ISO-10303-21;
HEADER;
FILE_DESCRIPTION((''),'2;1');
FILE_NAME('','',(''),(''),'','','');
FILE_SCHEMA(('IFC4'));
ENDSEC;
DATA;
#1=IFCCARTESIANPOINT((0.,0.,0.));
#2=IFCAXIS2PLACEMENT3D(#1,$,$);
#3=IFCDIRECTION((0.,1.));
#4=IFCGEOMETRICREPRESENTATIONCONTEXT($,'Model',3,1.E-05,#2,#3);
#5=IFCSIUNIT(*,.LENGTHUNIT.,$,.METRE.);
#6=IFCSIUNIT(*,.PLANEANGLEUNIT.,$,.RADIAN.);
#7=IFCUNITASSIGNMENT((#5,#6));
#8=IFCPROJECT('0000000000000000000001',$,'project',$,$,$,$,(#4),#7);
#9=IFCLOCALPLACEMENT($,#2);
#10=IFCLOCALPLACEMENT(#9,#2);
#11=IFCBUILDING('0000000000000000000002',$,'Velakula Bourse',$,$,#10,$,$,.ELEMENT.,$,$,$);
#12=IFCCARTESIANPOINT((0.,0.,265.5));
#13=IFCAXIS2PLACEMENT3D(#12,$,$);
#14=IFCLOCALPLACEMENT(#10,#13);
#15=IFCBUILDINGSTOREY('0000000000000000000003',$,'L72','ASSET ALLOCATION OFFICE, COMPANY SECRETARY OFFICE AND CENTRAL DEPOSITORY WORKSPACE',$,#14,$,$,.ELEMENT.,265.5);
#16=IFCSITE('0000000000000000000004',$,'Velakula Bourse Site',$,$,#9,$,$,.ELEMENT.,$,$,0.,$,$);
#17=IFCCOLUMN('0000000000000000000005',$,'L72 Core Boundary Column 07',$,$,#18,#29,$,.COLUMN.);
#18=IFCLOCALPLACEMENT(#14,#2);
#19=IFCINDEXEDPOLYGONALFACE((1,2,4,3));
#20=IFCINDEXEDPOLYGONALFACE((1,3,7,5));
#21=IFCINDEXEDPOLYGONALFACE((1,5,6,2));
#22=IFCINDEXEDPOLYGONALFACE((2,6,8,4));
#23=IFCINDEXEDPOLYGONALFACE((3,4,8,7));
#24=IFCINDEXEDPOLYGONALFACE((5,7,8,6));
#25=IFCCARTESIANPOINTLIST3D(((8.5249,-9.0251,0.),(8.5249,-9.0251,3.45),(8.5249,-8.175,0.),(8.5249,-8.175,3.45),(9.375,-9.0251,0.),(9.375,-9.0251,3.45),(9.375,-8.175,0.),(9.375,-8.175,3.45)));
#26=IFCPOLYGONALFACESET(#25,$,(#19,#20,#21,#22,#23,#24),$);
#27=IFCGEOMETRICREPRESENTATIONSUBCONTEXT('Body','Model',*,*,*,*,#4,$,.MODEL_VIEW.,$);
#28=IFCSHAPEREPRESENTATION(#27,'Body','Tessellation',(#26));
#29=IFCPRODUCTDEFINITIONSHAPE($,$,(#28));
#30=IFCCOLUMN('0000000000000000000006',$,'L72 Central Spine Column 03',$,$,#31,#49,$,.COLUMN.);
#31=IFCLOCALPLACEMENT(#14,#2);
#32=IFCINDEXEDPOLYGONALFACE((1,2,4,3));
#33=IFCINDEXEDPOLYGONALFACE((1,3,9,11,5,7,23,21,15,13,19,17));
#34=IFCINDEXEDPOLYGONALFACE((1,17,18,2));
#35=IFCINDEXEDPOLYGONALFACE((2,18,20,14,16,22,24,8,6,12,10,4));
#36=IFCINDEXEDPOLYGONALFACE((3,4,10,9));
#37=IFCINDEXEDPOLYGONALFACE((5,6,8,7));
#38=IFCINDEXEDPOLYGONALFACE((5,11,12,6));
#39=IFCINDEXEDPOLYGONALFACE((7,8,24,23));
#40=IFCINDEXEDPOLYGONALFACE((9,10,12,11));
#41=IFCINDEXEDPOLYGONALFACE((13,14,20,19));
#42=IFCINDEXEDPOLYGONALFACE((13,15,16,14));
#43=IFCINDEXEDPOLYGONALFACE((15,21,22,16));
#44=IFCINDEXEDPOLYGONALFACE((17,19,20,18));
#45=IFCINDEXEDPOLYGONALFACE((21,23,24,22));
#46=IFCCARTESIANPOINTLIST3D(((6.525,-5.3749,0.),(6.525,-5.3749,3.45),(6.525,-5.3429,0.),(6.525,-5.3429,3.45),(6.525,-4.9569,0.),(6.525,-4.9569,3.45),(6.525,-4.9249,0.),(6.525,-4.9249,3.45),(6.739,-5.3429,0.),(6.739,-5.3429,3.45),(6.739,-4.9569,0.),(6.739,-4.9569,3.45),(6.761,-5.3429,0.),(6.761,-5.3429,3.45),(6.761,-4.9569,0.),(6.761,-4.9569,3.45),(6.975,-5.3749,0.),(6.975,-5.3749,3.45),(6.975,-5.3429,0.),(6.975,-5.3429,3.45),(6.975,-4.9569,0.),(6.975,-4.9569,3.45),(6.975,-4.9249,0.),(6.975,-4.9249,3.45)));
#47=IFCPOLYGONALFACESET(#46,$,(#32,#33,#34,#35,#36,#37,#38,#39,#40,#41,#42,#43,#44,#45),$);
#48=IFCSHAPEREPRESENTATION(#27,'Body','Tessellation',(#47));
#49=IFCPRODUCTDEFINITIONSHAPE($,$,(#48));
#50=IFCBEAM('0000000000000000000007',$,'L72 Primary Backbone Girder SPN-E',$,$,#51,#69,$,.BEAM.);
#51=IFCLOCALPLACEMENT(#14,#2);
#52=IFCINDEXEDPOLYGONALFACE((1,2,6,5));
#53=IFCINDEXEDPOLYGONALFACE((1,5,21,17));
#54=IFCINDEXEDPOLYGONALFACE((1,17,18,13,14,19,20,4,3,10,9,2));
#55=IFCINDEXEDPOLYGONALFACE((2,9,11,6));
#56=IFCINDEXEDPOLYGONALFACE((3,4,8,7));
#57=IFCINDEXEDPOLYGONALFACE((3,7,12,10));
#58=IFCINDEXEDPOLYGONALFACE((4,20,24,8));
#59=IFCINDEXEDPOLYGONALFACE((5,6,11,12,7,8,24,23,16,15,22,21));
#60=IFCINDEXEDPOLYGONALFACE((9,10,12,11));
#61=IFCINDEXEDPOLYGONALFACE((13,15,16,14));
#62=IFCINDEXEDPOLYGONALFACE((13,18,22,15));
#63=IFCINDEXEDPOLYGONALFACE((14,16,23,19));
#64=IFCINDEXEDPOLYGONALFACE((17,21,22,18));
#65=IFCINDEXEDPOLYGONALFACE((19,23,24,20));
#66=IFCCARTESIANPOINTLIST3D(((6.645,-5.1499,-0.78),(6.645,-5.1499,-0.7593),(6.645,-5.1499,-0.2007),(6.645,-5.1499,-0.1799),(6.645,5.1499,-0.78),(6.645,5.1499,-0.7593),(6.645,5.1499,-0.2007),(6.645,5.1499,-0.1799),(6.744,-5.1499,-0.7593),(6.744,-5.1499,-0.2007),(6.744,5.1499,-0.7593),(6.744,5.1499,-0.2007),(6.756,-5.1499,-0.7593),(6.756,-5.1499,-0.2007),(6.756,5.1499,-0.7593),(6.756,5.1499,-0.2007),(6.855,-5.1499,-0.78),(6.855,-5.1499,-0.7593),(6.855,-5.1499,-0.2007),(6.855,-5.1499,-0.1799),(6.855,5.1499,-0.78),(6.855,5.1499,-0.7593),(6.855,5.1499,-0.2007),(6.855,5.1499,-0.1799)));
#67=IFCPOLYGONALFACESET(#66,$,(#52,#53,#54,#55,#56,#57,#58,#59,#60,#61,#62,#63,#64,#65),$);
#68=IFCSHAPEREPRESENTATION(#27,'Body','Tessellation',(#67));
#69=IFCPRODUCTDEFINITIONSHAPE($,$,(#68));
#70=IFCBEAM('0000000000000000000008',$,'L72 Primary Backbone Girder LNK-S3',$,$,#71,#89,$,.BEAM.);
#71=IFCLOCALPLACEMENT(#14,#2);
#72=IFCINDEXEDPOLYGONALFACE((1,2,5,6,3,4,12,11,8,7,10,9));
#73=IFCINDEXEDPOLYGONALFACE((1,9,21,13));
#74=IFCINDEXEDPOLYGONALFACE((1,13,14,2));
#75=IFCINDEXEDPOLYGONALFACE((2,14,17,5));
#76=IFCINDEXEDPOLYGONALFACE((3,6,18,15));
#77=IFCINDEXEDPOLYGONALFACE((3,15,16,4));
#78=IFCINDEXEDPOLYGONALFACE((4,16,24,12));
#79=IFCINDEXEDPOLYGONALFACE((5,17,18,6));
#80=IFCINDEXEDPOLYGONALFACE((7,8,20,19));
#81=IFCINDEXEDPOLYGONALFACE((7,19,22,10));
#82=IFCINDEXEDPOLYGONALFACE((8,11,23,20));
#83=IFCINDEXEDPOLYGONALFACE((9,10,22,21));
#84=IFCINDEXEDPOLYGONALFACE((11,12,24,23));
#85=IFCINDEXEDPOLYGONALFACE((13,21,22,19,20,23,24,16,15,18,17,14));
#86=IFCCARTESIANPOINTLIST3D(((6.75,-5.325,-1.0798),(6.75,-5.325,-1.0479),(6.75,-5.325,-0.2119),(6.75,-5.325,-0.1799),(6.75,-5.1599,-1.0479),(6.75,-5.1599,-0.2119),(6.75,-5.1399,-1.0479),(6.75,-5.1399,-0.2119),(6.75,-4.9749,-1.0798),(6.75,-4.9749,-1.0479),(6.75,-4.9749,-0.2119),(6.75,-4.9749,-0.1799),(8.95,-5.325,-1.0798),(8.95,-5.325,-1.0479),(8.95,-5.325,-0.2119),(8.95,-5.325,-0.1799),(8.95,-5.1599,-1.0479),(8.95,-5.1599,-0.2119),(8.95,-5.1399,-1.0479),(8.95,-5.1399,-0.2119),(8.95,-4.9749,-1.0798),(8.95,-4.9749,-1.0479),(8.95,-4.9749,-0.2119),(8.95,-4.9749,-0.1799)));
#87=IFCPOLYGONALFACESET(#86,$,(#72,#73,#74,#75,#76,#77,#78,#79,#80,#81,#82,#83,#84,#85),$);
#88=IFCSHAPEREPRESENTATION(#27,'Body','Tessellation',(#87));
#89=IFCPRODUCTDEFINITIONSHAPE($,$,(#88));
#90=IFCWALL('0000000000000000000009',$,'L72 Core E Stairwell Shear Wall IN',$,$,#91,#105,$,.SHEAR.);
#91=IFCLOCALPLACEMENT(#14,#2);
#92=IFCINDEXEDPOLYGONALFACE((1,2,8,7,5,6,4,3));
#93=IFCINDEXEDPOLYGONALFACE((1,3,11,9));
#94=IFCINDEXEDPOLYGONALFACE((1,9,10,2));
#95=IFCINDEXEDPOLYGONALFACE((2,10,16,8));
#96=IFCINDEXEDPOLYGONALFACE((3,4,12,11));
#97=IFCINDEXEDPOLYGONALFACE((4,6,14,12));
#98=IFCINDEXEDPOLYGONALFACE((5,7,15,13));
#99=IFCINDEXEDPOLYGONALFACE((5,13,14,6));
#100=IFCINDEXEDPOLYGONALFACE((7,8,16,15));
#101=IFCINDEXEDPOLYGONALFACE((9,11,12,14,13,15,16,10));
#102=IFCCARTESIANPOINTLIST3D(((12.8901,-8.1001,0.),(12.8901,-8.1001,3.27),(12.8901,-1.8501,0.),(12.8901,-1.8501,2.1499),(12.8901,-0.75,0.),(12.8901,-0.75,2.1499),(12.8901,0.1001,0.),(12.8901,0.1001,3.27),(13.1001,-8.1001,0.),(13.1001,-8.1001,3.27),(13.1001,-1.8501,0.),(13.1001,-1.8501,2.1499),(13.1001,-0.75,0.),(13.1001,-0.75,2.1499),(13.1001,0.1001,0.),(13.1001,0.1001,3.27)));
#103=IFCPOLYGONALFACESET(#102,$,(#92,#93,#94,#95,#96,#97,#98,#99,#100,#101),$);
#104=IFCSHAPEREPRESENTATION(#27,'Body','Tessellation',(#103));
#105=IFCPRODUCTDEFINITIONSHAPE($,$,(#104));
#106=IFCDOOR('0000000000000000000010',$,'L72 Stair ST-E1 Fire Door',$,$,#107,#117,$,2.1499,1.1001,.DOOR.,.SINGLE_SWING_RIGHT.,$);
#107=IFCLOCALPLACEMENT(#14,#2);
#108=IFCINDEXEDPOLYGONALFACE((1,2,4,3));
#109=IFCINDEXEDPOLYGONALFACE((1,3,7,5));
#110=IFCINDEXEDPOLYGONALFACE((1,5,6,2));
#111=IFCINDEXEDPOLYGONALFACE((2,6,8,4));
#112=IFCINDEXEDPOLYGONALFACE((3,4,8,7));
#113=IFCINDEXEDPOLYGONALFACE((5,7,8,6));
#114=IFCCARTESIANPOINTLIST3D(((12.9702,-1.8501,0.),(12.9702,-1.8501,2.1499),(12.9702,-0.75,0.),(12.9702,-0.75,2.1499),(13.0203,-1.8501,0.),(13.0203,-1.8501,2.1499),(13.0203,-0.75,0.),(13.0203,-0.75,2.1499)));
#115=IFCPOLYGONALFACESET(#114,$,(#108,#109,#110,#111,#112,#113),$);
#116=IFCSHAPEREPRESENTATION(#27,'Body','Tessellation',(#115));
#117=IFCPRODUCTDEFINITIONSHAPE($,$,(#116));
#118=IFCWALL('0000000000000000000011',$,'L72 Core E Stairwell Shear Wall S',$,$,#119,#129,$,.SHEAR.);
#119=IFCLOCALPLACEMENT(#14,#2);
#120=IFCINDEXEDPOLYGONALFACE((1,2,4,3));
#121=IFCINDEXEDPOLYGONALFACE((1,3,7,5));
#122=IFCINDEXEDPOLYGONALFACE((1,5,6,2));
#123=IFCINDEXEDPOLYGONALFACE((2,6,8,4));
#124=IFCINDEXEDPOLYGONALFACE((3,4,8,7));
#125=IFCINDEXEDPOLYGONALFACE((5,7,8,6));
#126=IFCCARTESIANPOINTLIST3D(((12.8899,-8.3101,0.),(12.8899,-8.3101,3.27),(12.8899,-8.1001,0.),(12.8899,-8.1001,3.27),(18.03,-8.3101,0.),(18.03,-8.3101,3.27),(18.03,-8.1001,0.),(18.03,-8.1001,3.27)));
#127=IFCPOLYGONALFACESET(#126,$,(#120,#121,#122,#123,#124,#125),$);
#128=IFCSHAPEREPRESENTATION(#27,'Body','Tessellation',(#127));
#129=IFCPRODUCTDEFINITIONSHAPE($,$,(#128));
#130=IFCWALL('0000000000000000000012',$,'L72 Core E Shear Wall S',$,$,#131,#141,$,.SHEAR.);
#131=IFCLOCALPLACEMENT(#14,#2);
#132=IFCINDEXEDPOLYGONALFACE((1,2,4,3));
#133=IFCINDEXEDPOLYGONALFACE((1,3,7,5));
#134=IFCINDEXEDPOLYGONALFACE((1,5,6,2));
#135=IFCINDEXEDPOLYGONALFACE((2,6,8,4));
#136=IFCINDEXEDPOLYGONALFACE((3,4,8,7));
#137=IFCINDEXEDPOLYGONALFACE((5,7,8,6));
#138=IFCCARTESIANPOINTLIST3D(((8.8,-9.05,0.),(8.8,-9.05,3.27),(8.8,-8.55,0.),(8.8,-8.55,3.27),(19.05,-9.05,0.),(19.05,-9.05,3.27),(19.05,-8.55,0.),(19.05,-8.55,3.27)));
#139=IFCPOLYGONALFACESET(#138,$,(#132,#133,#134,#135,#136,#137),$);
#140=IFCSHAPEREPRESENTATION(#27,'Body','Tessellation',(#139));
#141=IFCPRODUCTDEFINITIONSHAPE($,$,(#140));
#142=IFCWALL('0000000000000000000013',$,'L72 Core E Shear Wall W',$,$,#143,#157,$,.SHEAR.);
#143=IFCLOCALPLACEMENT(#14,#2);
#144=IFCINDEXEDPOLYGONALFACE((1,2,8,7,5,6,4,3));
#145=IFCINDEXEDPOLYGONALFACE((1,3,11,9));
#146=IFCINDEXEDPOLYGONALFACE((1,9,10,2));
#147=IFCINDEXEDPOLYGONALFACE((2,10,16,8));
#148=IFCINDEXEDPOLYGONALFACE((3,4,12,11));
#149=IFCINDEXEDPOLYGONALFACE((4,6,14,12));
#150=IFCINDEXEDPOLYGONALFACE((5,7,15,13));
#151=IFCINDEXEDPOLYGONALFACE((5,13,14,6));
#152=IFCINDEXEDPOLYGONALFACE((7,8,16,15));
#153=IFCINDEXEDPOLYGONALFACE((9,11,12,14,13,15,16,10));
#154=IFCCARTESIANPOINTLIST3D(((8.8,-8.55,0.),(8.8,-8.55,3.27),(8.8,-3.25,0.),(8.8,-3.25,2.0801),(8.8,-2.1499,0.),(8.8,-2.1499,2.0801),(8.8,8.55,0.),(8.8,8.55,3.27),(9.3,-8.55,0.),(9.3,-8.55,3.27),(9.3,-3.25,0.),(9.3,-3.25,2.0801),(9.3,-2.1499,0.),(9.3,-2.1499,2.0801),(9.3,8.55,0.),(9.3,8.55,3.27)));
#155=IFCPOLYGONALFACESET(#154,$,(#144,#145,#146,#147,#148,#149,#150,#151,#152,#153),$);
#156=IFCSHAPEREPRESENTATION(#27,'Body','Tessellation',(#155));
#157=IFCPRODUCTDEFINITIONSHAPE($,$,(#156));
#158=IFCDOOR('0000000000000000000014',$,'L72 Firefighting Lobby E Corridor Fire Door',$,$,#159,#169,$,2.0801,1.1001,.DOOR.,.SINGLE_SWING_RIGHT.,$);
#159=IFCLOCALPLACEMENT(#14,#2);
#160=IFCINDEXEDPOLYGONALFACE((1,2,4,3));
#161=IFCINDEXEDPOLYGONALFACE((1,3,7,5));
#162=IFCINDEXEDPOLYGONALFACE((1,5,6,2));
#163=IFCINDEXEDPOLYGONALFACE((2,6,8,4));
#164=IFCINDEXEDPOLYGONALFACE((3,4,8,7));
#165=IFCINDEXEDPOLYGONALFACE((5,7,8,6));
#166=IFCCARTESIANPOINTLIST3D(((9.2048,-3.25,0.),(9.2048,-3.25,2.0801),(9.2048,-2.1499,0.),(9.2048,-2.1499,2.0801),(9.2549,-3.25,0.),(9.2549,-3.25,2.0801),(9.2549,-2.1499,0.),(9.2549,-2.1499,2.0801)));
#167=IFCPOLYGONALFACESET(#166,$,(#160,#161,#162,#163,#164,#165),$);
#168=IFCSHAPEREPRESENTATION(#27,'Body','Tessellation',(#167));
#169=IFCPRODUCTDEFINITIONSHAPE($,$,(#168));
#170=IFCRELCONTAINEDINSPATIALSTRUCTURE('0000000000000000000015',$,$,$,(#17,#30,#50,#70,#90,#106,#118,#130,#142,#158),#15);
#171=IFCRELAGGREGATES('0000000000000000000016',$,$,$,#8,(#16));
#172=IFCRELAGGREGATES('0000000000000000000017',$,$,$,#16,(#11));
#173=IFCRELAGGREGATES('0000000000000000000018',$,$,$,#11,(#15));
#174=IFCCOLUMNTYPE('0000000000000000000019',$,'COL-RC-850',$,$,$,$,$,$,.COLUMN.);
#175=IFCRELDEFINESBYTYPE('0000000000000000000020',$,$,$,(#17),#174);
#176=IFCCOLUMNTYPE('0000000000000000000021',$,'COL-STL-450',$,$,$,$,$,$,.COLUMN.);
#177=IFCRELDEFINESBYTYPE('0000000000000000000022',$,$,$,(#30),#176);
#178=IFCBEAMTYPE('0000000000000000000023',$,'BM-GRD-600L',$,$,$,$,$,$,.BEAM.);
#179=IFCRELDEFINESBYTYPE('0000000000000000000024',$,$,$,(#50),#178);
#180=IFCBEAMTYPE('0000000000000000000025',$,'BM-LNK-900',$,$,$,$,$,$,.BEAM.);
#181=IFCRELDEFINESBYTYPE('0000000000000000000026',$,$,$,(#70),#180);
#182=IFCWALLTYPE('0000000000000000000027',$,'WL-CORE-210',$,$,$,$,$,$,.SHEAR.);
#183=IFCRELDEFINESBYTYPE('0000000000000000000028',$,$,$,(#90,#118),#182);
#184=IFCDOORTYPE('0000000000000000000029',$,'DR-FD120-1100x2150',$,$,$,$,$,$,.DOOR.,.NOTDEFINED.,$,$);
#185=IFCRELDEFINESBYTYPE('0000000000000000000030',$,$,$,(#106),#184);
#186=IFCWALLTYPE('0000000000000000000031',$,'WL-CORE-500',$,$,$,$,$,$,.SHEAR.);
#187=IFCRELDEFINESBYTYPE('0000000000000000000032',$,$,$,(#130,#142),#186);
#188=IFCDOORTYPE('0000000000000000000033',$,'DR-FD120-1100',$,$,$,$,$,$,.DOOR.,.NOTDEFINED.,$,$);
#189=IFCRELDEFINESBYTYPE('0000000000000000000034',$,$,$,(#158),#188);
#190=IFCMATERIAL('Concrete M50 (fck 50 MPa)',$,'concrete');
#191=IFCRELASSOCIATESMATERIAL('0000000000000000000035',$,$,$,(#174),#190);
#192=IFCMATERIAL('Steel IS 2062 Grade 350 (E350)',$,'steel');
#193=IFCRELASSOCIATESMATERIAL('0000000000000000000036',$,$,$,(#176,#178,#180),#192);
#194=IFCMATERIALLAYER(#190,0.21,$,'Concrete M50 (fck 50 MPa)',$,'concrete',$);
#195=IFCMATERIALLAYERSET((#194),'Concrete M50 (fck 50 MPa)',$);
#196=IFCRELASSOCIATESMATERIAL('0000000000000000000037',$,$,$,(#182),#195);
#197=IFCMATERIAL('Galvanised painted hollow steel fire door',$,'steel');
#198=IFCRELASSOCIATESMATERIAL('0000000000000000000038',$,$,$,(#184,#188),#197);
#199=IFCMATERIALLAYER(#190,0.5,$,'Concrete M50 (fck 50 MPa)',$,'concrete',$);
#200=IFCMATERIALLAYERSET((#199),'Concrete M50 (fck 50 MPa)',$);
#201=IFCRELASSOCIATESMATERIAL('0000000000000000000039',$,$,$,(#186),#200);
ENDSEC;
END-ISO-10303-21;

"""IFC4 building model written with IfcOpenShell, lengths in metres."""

from ifc_helpers import new_model, si_unit, direction, frame, frame_2d, origin, origin_2d, place, context, subcontext, project, spatial, rectangle, i_section, extrude, material, layer, layer_set, material_profile, profile_set, type_object, element, fill, save


model = new_model("IFC4")

# Units and contexts
model_context = context("Model", 3, precision=1e-05, world=origin(), true_north=direction((0.0, 1.0)))
body_context = subcontext(model_context, "Body", "Model", "MODEL_VIEW")
ifc_project = project(units=[si_unit("LENGTHUNIT", "METRE"), si_unit("PLANEANGLEUNIT", "RADIAN")], contexts=[model_context])

# Site, building, storey
site_placement = place(None, origin())
site = spatial("IfcSite", under=ifc_project, at=site_placement, Name="Velakula Bourse Site", CompositionType="ELEMENT", RefElevation=0.0)
building_placement = place(site_placement, origin())
building = spatial("IfcBuilding", under=site, at=building_placement, Name="Velakula Bourse", CompositionType="ELEMENT")
storey_placement = place(building_placement, frame((0.0, 0.0, 265.5)))
storey = spatial("IfcBuildingStorey", under=building, at=storey_placement, Name="L72", Description="ASSET ALLOCATION OFFICE, COMPANY SECRETARY OFFICE AND CENTRAL DEPOSITORY WORKSPACE", CompositionType="ELEMENT", Elevation=265.5)

# Columns
ifc_material_1 = material(Name="Concrete M50 (fck 50 MPa)", Category="concrete")
ifc_material_profile_1 = material_profile(ifc_material_1, rectangle(XDim=0.8501, YDim=0.8501, at=origin_2d()), Name="Concrete M50 (fck 50 MPa)")
ifc_profile_set_1 = profile_set([ifc_material_profile_1], Name="Concrete M50 (fck 50 MPa)")
column_type_1 = type_object("IfcColumnType", Name="COL-RC-850", PredefinedType="COLUMN", material=ifc_profile_set_1)
column_1_placement = place(storey_placement, frame((8.95, -8.6001, 0.0), z_axis=(0.0, 0.0, 1.0), x_axis=(1.0, 0.0, 0.0)))
element("IfcColumn", 1, at=column_1_placement, inside=storey, type_object=column_type_1, Name="L72 Core Boundary Column 07", PredefinedType="COLUMN", context=body_context, shape_type="SweptSolid", body=[
    extrude(rectangle(XDim=0.8501, YDim=0.8501, at=origin_2d()), origin(), (0.0, 0.0, 1.0), 3.45),
])
ifc_material_2 = material(Name="Steel IS 2062 Grade 350 (E350)", Category="steel")
ifc_material_profile_2 = material_profile(ifc_material_2, i_section(OverallWidth=0.45, OverallDepth=0.45, WebThickness=0.022, FlangeThickness=0.032, at=origin_2d()), Name="Steel IS 2062 Grade 350 (E350)")
ifc_profile_set_2 = profile_set([ifc_material_profile_2], Name="Steel IS 2062 Grade 350 (E350)")
column_type_2 = type_object("IfcColumnType", Name="COL-STL-450", PredefinedType="COLUMN", material=ifc_profile_set_2)
column_2_placement = place(storey_placement, frame((6.75, -5.1499, 0.0), z_axis=(0.0, 0.0, 1.0), x_axis=(1.0, 0.0, 0.0)))
element("IfcColumn", 2, at=column_2_placement, inside=storey, type_object=column_type_2, Name="L72 Central Spine Column 03", PredefinedType="COLUMN", context=body_context, shape_type="SweptSolid", body=[
    extrude(i_section(OverallWidth=0.45, OverallDepth=0.45, WebThickness=0.022, FlangeThickness=0.032, at=origin_2d()), origin(), (0.0, 0.0, 1.0), 3.45),
])

# Beams
ifc_material_profile_3 = material_profile(ifc_material_2, i_section(OverallWidth=0.21, OverallDepth=0.6001, WebThickness=0.012, FlangeThickness=0.0208, at=origin_2d()), Name="Steel IS 2062 Grade 350 (E350)")
ifc_profile_set_3 = profile_set([ifc_material_profile_3], Name="Steel IS 2062 Grade 350 (E350)")
beam_type_1 = type_object("IfcBeamType", Name="BM-GRD-600L", PredefinedType="BEAM", material=ifc_profile_set_3)
beam_1_placement = place(storey_placement, frame((6.75, -5.1499, -0.48), z_axis=(0.0, 1.0, 0.0), x_axis=(-1.0, 0.0, 0.0)))
element("IfcBeam", 3, at=beam_1_placement, inside=storey, type_object=beam_type_1, Name="L72 Primary Backbone Girder SPN-E", PredefinedType="BEAM", context=body_context, shape_type="SweptSolid", body=[
    extrude(i_section(OverallWidth=0.21, OverallDepth=0.6001, WebThickness=0.012, FlangeThickness=0.0208, at=origin_2d()), origin(), (0.0, 0.0, 1.0), 10.2998),
])
ifc_material_profile_4 = material_profile(ifc_material_2, i_section(OverallWidth=0.3501, OverallDepth=0.8999, WebThickness=0.02, FlangeThickness=0.032, at=origin_2d()), Name="Steel IS 2062 Grade 350 (E350)")
ifc_profile_set_4 = profile_set([ifc_material_profile_4], Name="Steel IS 2062 Grade 350 (E350)")
beam_type_2 = type_object("IfcBeamType", Name="BM-LNK-900", PredefinedType="BEAM", material=ifc_profile_set_4)
beam_2_placement = place(storey_placement, frame((6.75, -5.1499, -0.6299), z_axis=(1.0, 0.0, 0.0), x_axis=(0.0, 1.0, 0.0)))
element("IfcBeam", 4, at=beam_2_placement, inside=storey, type_object=beam_type_2, Name="L72 Primary Backbone Girder LNK-S3", PredefinedType="BEAM", context=body_context, shape_type="SweptSolid", body=[
    extrude(i_section(OverallWidth=0.3501, OverallDepth=0.8999, WebThickness=0.02, FlangeThickness=0.032, at=origin_2d()), origin(), (0.0, 0.0, 1.0), 2.2),
])

# Wall, opening, door
ifc_layer_1 = layer(ifc_material_1, 0.21, Name="Concrete M50 (fck 50 MPa)", Category="concrete")
ifc_layer_set_1 = layer_set([ifc_layer_1], Name="Concrete M50 (fck 50 MPa)")
wall_type_1 = type_object("IfcWallType", Name="WL-CORE-210", PredefinedType="SHEAR", material=ifc_layer_set_1)
wall_1_placement = place(storey_placement, frame((12.9951, -8.1001, 0.0), z_axis=(0.0, 0.0, 1.0), x_axis=(0.0, 1.0, 0.0)))
wall_1 = element("IfcWall", 5, at=wall_1_placement, inside=storey, type_object=wall_type_1, Name="L72 Core E Stairwell Shear Wall IN", PredefinedType="SHEAR", context=body_context, shape_type="SweptSolid", body=[
    extrude(rectangle(XDim=8.2002, YDim=0.21, at=frame_2d((4.1001, 0.0))), origin(), (0.0, 0.0, 1.0), 3.27),
])
opening_1_placement = place(wall_1_placement, frame((6.25, 0.0, 0.0)))
opening_1 = element("IfcOpeningElement", 6, at=opening_1_placement, cuts=wall_1, PredefinedType="OPENING", context=body_context, shape_type="SweptSolid", body=[
    extrude(rectangle(XDim=1.1001, YDim=2.1499, at=frame_2d((0.55, 1.075))), frame((0.0, 0.115, 0.0), z_axis=(0.0, -1.0, 0.0), x_axis=(1.0, 0.0, 0.0)), (0.0, 0.0, 1.0), 0.23),
])
ifc_material_3 = material(Name="Galvanised painted hollow steel fire door", Category="steel")
door_type_1 = type_object("IfcDoorType", Name="DR-FD120-1100x2150", OperationType="NOTDEFINED", PredefinedType="DOOR", material=ifc_material_3)
door_1_placement = place(opening_1_placement, origin())
door_1 = element("IfcDoor", 7, at=door_1_placement, inside=storey, type_object=door_type_1, Name="L72 Stair ST-E1 Fire Door", OperationType="SINGLE_SWING_RIGHT", OverallHeight=2.1499, OverallWidth=1.1001, PredefinedType="DOOR", context=body_context, shape_type="SweptSolid", body=[
    extrude(rectangle(XDim=1.1001, YDim=2.1499, at=frame_2d((0.55, 1.075))), frame((0.0, 0.0249, 0.0), z_axis=(0.0, -1.0, 0.0), x_axis=(1.0, 0.0, 0.0)), (0.0, 0.0, 1.0), 0.05),
])
fill(opening_1, door_1)

# Walls
wall_2_placement = place(storey_placement, frame((12.8899, -8.2051, 0.0), z_axis=(0.0, 0.0, 1.0), x_axis=(1.0, 0.0, 0.0)))
element("IfcWall", 8, at=wall_2_placement, inside=storey, type_object=wall_type_1, Name="L72 Core E Stairwell Shear Wall S", PredefinedType="SHEAR", context=body_context, shape_type="SweptSolid", body=[
    extrude(rectangle(XDim=5.1401, YDim=0.21, at=frame_2d((2.5701, 0.0))), origin(), (0.0, 0.0, 1.0), 3.27),
])
ifc_layer_2 = layer(ifc_material_1, 0.5, Name="Concrete M50 (fck 50 MPa)", Category="concrete")
ifc_layer_set_2 = layer_set([ifc_layer_2], Name="Concrete M50 (fck 50 MPa)")
wall_type_2 = type_object("IfcWallType", Name="WL-CORE-500", PredefinedType="SHEAR", material=ifc_layer_set_2)
wall_3_placement = place(storey_placement, frame((8.8, -8.8, 0.0), z_axis=(0.0, 0.0, 1.0), x_axis=(1.0, 0.0, 0.0)))
element("IfcWall", 9, at=wall_3_placement, inside=storey, type_object=wall_type_2, Name="L72 Core E Shear Wall S", PredefinedType="SHEAR", context=body_context, shape_type="SweptSolid", body=[
    extrude(rectangle(XDim=10.25, YDim=0.5, at=frame_2d((5.125, 0.0))), origin(), (0.0, 0.0, 1.0), 3.27),
])

# Wall, opening, door
wall_4_placement = place(storey_placement, frame((9.05, -8.55, 0.0), z_axis=(0.0, 0.0, 1.0), x_axis=(0.0, 1.0, 0.0)))
wall_4 = element("IfcWall", 10, at=wall_4_placement, inside=storey, type_object=wall_type_2, Name="L72 Core E Shear Wall W", PredefinedType="SHEAR", context=body_context, shape_type="SweptSolid", body=[
    extrude(rectangle(XDim=17.1001, YDim=0.5, at=frame_2d((8.55, 0.0))), origin(), (0.0, 0.0, 1.0), 3.27),
])
opening_2_placement = place(wall_4_placement, frame((5.3, 0.0, 0.0)))
opening_2 = element("IfcOpeningElement", 11, at=opening_2_placement, cuts=wall_4, PredefinedType="OPENING", context=body_context, shape_type="SweptSolid", body=[
    extrude(rectangle(XDim=1.1001, YDim=2.0801, at=frame_2d((0.55, 1.04))), frame((0.0, 0.26, 0.0), z_axis=(0.0, -1.0, 0.0), x_axis=(1.0, 0.0, 0.0)), (0.0, 0.0, 1.0), 0.52),
])
door_type_2 = type_object("IfcDoorType", Name="DR-FD120-1100", OperationType="NOTDEFINED", PredefinedType="DOOR", material=ifc_material_3)
door_2_placement = place(opening_2_placement, origin())
door_2 = element("IfcDoor", 12, at=door_2_placement, inside=storey, type_object=door_type_2, Name="L72 Firefighting Lobby E Corridor Fire Door", OperationType="SINGLE_SWING_RIGHT", OverallHeight=2.0801, OverallWidth=1.1001, PredefinedType="DOOR", context=body_context, shape_type="SweptSolid", body=[
    extrude(rectangle(XDim=1.1001, YDim=2.0801, at=frame_2d((0.55, 1.04))), frame((0.0, -0.1548, 0.0), z_axis=(0.0, -1.0, 0.0), x_axis=(1.0, 0.0, 0.0)), (0.0, 0.0, 1.0), 0.05),
])
fill(opening_2, door_2)

save(model, "model.ifc")
